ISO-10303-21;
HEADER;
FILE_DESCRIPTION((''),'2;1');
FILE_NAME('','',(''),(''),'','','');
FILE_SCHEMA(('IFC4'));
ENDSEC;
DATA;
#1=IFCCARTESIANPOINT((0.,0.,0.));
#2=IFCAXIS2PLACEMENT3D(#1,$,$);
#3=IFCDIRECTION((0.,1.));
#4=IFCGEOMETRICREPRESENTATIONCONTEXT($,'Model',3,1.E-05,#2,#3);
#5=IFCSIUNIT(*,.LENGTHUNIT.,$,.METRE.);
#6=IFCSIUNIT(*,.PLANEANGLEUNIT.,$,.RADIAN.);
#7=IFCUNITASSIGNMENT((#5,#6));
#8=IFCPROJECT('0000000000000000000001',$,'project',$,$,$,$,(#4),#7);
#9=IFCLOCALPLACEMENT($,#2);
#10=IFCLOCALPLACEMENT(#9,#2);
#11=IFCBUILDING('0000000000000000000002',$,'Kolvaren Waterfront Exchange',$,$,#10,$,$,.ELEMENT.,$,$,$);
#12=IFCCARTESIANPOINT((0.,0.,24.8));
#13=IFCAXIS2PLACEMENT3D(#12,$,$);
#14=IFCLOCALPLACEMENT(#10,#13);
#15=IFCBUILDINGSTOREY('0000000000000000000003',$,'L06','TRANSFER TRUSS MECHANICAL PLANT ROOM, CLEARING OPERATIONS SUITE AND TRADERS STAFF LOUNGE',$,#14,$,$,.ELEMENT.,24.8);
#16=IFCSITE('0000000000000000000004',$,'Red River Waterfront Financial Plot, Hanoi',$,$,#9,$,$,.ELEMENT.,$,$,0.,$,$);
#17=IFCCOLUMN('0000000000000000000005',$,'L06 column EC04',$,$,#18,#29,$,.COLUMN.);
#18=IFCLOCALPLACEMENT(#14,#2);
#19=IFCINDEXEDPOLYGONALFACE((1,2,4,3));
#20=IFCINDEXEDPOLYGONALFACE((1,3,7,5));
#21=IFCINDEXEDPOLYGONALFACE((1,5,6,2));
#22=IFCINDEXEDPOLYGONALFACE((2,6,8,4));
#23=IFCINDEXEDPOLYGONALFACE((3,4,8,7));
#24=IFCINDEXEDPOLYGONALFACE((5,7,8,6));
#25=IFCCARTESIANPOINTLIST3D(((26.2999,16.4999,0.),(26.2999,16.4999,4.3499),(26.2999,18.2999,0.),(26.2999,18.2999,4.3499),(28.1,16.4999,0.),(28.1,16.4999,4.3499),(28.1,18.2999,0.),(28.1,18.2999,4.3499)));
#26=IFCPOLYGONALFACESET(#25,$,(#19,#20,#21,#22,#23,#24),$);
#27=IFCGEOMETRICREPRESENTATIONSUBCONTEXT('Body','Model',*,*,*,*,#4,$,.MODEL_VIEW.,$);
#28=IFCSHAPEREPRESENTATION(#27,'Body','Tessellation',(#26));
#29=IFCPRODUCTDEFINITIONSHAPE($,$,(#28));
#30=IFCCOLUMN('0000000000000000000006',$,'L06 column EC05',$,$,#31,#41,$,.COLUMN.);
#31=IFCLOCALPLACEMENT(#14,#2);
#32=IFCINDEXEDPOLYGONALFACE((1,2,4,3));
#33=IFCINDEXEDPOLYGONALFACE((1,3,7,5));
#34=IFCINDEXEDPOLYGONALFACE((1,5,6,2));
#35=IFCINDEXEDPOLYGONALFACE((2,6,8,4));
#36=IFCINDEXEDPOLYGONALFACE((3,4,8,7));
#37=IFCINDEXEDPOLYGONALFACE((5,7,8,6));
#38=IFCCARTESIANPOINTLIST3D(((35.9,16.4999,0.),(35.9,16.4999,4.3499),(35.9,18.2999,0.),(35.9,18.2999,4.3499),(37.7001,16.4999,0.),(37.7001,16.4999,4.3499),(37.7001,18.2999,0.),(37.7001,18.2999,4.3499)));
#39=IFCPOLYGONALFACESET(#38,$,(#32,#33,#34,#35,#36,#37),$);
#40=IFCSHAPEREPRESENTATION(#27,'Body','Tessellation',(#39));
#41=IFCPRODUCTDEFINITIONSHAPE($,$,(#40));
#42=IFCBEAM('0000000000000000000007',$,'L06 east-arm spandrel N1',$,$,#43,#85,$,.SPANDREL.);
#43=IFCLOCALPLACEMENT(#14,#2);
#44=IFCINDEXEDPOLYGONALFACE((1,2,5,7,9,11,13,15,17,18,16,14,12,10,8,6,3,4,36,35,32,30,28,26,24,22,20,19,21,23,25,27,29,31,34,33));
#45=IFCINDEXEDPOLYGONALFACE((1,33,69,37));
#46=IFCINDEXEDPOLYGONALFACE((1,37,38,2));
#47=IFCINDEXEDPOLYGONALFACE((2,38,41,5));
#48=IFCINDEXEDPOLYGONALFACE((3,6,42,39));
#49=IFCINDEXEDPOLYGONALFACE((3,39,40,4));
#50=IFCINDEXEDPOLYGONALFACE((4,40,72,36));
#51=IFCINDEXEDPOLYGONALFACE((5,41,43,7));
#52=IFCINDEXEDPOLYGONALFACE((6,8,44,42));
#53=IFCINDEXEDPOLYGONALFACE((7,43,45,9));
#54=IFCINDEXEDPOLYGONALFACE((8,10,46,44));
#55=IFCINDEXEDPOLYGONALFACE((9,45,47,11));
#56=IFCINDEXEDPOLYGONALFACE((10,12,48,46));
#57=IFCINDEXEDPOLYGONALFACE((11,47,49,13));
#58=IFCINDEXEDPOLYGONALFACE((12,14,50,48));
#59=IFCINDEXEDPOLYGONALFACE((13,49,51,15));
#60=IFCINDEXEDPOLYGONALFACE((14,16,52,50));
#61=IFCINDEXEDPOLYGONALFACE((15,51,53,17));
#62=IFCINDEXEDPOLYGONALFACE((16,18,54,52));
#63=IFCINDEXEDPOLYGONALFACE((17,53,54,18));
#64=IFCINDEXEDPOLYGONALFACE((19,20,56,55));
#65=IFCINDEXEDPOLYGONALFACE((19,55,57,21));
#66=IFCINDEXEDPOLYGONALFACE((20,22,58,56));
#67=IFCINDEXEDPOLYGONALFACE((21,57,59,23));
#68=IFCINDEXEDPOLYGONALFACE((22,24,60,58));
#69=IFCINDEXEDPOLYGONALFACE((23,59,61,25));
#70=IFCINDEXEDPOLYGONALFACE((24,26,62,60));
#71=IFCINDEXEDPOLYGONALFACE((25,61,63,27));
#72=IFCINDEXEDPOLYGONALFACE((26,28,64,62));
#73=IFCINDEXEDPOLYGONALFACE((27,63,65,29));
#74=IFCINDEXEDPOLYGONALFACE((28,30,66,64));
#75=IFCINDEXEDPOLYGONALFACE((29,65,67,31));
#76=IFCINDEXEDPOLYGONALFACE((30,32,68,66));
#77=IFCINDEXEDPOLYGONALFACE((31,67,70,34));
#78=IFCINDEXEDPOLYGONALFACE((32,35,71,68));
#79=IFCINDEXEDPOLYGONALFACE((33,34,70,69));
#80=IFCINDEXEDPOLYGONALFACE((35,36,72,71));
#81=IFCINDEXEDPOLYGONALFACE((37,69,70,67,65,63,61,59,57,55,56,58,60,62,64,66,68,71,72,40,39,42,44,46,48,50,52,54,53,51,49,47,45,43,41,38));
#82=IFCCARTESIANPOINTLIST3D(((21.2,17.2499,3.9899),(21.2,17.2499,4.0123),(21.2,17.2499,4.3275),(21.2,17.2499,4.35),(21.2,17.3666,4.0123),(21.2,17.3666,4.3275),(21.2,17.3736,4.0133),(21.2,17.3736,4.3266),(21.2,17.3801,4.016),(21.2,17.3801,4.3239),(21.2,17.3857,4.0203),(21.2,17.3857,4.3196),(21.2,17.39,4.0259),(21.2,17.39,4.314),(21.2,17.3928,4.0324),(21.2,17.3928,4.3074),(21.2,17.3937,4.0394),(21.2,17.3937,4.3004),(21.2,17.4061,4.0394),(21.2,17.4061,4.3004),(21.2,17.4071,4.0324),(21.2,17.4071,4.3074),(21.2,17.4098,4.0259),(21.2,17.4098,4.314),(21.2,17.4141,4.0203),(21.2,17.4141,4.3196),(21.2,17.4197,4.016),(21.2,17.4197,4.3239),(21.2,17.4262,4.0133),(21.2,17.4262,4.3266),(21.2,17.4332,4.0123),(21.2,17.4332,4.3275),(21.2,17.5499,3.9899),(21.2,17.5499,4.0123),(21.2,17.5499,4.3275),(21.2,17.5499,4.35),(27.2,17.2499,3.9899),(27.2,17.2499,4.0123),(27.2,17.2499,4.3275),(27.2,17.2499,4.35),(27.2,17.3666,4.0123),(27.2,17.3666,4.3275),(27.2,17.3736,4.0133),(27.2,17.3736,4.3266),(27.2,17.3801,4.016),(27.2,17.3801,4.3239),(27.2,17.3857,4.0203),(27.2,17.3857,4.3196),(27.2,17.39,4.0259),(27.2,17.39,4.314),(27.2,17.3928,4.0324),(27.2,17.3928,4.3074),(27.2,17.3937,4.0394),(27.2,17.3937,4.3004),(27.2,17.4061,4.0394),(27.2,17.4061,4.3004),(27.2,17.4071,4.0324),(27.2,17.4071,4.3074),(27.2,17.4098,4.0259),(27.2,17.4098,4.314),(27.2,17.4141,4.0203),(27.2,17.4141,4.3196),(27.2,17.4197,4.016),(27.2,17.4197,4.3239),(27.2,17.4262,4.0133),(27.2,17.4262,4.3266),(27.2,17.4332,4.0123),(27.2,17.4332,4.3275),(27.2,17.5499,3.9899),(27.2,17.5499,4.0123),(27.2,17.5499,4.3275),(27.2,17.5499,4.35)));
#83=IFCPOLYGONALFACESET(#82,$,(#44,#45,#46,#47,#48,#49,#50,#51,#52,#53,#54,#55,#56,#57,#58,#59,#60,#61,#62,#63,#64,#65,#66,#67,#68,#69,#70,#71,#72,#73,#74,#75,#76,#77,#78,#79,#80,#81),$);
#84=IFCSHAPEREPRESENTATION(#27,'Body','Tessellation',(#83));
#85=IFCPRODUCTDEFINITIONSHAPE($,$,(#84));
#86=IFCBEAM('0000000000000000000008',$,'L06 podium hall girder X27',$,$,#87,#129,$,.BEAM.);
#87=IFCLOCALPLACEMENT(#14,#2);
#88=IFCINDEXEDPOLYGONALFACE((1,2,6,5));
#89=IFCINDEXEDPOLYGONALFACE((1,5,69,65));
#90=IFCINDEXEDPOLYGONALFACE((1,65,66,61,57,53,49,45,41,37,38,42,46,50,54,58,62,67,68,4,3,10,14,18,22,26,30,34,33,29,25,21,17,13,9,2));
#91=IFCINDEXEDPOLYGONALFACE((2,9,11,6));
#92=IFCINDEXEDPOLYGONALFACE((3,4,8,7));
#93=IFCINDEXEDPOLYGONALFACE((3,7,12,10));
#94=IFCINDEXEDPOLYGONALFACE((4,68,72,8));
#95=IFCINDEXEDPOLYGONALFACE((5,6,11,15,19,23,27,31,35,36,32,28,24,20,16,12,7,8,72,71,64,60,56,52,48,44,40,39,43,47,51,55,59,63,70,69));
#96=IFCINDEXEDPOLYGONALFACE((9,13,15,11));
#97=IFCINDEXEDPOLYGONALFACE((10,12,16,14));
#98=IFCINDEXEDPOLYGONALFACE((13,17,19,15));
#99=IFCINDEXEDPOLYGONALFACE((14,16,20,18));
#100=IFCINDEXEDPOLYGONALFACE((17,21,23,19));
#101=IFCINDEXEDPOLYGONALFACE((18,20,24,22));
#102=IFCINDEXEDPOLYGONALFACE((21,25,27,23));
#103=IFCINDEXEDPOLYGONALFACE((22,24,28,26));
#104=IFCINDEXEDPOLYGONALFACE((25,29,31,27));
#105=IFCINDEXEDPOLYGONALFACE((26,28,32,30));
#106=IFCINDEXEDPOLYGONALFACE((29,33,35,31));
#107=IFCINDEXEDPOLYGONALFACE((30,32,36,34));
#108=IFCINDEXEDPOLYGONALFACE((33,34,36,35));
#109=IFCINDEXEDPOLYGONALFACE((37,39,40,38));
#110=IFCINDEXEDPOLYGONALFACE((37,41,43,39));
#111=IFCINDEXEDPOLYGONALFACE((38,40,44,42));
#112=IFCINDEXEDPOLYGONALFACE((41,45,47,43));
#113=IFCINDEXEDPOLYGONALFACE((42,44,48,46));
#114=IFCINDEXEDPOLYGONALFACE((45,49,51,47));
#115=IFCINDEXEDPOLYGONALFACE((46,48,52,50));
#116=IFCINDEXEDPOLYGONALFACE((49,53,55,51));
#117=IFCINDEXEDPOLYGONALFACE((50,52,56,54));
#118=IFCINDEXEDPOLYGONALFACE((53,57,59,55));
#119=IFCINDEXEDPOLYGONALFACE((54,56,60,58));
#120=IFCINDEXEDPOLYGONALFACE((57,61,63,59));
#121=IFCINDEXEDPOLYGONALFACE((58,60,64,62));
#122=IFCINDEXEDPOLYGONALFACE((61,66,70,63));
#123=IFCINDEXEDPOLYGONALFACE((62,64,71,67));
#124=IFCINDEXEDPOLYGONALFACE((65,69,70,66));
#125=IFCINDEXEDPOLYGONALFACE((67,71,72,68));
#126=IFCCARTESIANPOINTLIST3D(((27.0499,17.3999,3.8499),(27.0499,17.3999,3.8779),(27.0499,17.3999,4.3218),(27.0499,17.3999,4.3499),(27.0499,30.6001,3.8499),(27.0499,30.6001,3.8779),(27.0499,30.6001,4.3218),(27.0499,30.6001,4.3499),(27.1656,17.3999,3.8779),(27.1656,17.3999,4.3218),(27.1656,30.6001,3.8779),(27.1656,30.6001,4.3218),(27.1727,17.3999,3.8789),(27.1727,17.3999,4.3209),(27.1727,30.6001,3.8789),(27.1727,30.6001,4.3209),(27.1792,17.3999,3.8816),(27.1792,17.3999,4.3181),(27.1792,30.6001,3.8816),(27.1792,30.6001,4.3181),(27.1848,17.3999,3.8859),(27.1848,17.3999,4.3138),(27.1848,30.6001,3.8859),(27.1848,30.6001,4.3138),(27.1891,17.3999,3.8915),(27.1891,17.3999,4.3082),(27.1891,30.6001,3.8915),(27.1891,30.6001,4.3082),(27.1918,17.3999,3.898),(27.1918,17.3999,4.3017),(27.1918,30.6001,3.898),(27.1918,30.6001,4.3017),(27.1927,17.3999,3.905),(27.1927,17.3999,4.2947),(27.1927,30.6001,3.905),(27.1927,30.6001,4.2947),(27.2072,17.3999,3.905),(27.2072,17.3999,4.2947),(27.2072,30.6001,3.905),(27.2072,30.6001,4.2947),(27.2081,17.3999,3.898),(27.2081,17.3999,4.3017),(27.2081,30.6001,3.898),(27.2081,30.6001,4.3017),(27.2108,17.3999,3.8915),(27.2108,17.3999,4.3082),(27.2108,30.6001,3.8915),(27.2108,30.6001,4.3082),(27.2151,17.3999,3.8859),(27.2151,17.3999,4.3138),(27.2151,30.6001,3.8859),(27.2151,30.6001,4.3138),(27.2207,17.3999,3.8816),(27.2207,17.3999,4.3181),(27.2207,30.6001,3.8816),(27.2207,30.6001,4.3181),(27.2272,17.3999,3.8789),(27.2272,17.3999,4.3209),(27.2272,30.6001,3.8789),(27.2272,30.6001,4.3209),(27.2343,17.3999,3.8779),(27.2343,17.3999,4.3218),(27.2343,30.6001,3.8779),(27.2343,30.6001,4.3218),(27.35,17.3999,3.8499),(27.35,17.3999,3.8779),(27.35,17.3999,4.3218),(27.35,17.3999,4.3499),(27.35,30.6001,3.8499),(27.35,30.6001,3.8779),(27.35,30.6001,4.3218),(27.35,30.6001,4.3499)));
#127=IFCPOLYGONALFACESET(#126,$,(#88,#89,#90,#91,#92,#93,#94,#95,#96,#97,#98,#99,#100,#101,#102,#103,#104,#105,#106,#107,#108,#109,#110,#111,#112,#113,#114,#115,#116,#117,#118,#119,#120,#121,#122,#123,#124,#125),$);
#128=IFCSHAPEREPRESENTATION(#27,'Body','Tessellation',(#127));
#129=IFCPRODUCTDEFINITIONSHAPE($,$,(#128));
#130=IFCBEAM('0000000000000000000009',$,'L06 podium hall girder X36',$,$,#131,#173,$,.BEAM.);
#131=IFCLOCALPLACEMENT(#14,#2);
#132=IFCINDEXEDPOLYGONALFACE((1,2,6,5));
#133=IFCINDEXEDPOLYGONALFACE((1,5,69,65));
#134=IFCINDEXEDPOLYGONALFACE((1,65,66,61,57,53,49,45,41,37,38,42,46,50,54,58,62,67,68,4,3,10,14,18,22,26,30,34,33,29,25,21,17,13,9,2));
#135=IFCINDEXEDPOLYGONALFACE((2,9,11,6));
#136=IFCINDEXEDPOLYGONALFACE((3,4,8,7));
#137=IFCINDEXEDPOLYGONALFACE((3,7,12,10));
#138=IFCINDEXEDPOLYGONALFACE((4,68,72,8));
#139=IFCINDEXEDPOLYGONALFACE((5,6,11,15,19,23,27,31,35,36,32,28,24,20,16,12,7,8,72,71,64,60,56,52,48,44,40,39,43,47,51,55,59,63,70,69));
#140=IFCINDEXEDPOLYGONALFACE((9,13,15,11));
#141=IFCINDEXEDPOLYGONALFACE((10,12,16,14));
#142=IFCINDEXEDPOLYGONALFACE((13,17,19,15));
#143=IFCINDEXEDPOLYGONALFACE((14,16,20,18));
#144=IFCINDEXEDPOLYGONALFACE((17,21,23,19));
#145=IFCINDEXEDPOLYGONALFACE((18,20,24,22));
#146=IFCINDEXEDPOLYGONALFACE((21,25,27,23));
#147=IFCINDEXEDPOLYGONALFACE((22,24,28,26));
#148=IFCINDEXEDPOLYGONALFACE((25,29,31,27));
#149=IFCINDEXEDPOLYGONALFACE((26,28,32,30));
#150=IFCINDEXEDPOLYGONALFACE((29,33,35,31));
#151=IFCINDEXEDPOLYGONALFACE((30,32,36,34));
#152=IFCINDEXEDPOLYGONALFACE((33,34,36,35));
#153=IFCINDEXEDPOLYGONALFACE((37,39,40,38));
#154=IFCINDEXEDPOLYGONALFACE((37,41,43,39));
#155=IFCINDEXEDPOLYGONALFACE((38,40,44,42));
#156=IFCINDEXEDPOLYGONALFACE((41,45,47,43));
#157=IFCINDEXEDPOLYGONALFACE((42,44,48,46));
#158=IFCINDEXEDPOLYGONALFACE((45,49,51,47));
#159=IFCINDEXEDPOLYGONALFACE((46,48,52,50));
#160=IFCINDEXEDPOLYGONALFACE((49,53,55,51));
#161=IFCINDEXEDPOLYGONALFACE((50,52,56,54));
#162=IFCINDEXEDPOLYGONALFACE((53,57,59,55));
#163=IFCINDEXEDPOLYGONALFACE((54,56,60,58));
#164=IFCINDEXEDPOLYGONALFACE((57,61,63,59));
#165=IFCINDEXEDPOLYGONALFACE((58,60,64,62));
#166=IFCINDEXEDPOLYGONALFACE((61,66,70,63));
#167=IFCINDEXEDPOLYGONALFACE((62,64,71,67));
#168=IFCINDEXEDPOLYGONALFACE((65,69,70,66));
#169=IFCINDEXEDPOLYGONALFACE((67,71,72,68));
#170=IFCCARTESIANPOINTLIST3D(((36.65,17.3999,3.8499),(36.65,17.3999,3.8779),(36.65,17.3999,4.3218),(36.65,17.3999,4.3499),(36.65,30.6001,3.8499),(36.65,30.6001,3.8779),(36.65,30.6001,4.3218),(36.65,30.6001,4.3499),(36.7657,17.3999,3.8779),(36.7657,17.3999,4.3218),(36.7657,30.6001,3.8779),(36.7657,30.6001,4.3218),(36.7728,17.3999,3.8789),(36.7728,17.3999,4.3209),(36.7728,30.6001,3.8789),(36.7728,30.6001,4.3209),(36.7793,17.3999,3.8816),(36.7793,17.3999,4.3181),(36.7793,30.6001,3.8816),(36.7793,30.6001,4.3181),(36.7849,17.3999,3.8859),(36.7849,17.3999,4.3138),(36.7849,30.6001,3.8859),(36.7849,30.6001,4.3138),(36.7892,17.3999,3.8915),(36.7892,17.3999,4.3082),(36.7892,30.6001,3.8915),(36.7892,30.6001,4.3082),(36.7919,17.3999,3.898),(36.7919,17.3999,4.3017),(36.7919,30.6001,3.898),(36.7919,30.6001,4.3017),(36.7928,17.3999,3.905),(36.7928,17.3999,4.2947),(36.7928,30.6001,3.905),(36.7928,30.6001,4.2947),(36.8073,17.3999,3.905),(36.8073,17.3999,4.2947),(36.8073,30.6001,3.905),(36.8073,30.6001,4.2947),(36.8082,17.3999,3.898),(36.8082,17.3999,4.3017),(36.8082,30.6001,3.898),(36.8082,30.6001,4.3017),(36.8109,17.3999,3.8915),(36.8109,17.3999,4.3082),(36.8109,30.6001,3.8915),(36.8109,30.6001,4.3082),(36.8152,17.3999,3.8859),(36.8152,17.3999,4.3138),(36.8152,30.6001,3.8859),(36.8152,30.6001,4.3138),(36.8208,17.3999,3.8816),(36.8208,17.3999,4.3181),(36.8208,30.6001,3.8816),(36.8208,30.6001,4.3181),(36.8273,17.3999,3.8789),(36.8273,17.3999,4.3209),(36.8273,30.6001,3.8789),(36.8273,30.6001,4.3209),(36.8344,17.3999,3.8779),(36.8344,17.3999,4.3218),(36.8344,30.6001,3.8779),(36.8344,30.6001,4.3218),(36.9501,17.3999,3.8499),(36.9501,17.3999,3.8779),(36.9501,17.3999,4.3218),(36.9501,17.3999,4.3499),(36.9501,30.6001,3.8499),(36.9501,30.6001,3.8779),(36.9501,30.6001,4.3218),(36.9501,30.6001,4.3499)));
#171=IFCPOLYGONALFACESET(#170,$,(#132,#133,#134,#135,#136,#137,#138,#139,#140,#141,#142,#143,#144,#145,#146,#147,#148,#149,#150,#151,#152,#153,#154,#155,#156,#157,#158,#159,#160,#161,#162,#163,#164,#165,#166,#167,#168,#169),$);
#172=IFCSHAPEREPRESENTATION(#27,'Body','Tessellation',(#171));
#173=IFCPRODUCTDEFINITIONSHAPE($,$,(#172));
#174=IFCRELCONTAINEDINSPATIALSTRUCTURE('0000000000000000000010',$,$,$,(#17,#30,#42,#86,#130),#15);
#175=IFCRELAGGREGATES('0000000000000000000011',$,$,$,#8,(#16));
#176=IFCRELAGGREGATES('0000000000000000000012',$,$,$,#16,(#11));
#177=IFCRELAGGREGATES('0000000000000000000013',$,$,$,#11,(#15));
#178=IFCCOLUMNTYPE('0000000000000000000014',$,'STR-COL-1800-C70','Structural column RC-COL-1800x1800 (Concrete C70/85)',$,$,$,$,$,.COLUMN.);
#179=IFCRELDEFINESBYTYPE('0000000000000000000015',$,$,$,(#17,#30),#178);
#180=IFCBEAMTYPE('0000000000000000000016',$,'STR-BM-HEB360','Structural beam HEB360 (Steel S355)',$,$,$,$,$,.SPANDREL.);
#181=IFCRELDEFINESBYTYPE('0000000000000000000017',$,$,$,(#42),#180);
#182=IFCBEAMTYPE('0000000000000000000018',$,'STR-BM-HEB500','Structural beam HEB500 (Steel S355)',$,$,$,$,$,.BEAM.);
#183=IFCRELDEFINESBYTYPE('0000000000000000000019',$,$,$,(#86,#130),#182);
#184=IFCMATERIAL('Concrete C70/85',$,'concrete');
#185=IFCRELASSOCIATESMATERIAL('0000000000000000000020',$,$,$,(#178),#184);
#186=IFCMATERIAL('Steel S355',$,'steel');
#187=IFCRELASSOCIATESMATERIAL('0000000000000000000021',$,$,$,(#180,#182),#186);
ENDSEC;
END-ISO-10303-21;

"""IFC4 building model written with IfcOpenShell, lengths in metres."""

from ifc_helpers import new_model, si_unit, direction, frame, origin, origin_2d, place, context, subcontext, project, spatial, rectangle, i_section, extrude, material, material_profile, profile_set, type_object, element, save


model = new_model("IFC4")

# Units and contexts
model_context = context("Model", 3, precision=1e-05, world=origin(), true_north=direction((0.0, 1.0)))
body_context = subcontext(model_context, "Body", "Model", "MODEL_VIEW")
ifc_project = project(units=[si_unit("LENGTHUNIT", "METRE"), si_unit("PLANEANGLEUNIT", "RADIAN")], contexts=[model_context])

# Site, building, storey
site_placement = place(None, origin())
site = spatial("IfcSite", under=ifc_project, at=site_placement, Name="Red River Waterfront Financial Plot, Hanoi", CompositionType="ELEMENT", RefElevation=0.0)
building_placement = place(site_placement, origin())
building = spatial("IfcBuilding", under=site, at=building_placement, Name="Kolvaren Waterfront Exchange", CompositionType="ELEMENT")
storey_placement = place(building_placement, frame((0.0, 0.0, 24.8)))
storey = spatial("IfcBuildingStorey", under=building, at=storey_placement, Name="L06", Description="TRANSFER TRUSS MECHANICAL PLANT ROOM, CLEARING OPERATIONS SUITE AND TRADERS STAFF LOUNGE", CompositionType="ELEMENT", Elevation=24.8)

# Columns
ifc_material_1 = material(Name="Concrete C70/85", Category="concrete")
ifc_material_profile_1 = material_profile(ifc_material_1, rectangle(XDim=1.8, YDim=1.8, at=origin_2d()), Name="RC-COL-1800x1800")
ifc_profile_set_1 = profile_set([ifc_material_profile_1], Name="Concrete C70/85")
column_type = type_object("IfcColumnType", Name="STR-COL-1800-C70", Description="Structural column RC-COL-1800x1800 (Concrete C70/85)", PredefinedType="COLUMN", material=ifc_profile_set_1)
for number, where, z_axis, x_axis, name in (
    (1, (27.2, 17.3999, 0.0), (0.0, 0.0, 1.0), (1.0, 0.0, 0.0), "L06 column EC04"),
    (2, (36.8, 17.3999, 0.0), (0.0, 0.0, 1.0), (1.0, 0.0, 0.0), "L06 column EC05"),
):
    element("IfcColumn", number, at=place(storey_placement, frame(where, z_axis=z_axis, x_axis=x_axis)), inside=storey, type_object=column_type, Name=name, PredefinedType="COLUMN", context=body_context, shape_type="SweptSolid", body=[
        extrude(rectangle(XDim=1.8, YDim=1.8, at=origin_2d()), origin(), (0.0, 0.0, 1.0), 4.3499),
    ])

# Beams
ifc_material_2 = material(Name="Steel S355", Category="steel")
ifc_material_profile_2 = material_profile(ifc_material_2, i_section(OverallWidth=0.3, OverallDepth=0.3601, WebThickness=0.0125, FlangeThickness=0.0225, FilletRadius=0.0271, at=origin_2d()), Name="HEB360")
ifc_profile_set_2 = profile_set([ifc_material_profile_2], Name="Steel S355")
beam_type_1 = type_object("IfcBeamType", Name="STR-BM-HEB360", Description="Structural beam HEB360 (Steel S355)", PredefinedType="SPANDREL", material=ifc_profile_set_2)
beam_1_placement = place(storey_placement, frame((21.2, 17.3999, 4.1699), z_axis=(1.0, 0.0, 0.0), x_axis=(0.0, 1.0, 0.0)))
element("IfcBeam", 3, at=beam_1_placement, inside=storey, type_object=beam_type_1, Name="L06 east-arm spandrel N1", PredefinedType="SPANDREL", context=body_context, shape_type="SweptSolid", body=[
    extrude(i_section(OverallWidth=0.3, OverallDepth=0.3601, WebThickness=0.0125, FlangeThickness=0.0225, FilletRadius=0.0271, at=origin_2d()), origin(), (0.0, 0.0, 1.0), 6.0),
])
ifc_material_profile_3 = material_profile(ifc_material_2, i_section(OverallWidth=0.3, OverallDepth=0.5, WebThickness=0.0144, FlangeThickness=0.0281, FilletRadius=0.0271, at=origin_2d()), Name="HEB500")
ifc_profile_set_3 = profile_set([ifc_material_profile_3], Name="Steel S355")
beam_type_2 = type_object("IfcBeamType", Name="STR-BM-HEB500", Description="Structural beam HEB500 (Steel S355)", PredefinedType="BEAM", material=ifc_profile_set_3)
for number, where, z_axis, x_axis, name in (
    (4, (27.2, 17.3999, 4.0999), (0.0, 1.0, 0.0), (-1.0, 0.0, 0.0), "L06 podium hall girder X27"),
    (5, (36.8, 17.3999, 4.0999), (0.0, 1.0, 0.0), (-1.0, 0.0, 0.0), "L06 podium hall girder X36"),
):
    element("IfcBeam", number, at=place(storey_placement, frame(where, z_axis=z_axis, x_axis=x_axis)), inside=storey, type_object=beam_type_2, Name=name, PredefinedType="BEAM", context=body_context, shape_type="SweptSolid", body=[
        extrude(i_section(OverallWidth=0.3, OverallDepth=0.5, WebThickness=0.0144, FlangeThickness=0.0281, FilletRadius=0.0271, at=origin_2d()), origin(), (0.0, 0.0, 1.0), 13.2002),
    ])

save(model, "model.ifc")
